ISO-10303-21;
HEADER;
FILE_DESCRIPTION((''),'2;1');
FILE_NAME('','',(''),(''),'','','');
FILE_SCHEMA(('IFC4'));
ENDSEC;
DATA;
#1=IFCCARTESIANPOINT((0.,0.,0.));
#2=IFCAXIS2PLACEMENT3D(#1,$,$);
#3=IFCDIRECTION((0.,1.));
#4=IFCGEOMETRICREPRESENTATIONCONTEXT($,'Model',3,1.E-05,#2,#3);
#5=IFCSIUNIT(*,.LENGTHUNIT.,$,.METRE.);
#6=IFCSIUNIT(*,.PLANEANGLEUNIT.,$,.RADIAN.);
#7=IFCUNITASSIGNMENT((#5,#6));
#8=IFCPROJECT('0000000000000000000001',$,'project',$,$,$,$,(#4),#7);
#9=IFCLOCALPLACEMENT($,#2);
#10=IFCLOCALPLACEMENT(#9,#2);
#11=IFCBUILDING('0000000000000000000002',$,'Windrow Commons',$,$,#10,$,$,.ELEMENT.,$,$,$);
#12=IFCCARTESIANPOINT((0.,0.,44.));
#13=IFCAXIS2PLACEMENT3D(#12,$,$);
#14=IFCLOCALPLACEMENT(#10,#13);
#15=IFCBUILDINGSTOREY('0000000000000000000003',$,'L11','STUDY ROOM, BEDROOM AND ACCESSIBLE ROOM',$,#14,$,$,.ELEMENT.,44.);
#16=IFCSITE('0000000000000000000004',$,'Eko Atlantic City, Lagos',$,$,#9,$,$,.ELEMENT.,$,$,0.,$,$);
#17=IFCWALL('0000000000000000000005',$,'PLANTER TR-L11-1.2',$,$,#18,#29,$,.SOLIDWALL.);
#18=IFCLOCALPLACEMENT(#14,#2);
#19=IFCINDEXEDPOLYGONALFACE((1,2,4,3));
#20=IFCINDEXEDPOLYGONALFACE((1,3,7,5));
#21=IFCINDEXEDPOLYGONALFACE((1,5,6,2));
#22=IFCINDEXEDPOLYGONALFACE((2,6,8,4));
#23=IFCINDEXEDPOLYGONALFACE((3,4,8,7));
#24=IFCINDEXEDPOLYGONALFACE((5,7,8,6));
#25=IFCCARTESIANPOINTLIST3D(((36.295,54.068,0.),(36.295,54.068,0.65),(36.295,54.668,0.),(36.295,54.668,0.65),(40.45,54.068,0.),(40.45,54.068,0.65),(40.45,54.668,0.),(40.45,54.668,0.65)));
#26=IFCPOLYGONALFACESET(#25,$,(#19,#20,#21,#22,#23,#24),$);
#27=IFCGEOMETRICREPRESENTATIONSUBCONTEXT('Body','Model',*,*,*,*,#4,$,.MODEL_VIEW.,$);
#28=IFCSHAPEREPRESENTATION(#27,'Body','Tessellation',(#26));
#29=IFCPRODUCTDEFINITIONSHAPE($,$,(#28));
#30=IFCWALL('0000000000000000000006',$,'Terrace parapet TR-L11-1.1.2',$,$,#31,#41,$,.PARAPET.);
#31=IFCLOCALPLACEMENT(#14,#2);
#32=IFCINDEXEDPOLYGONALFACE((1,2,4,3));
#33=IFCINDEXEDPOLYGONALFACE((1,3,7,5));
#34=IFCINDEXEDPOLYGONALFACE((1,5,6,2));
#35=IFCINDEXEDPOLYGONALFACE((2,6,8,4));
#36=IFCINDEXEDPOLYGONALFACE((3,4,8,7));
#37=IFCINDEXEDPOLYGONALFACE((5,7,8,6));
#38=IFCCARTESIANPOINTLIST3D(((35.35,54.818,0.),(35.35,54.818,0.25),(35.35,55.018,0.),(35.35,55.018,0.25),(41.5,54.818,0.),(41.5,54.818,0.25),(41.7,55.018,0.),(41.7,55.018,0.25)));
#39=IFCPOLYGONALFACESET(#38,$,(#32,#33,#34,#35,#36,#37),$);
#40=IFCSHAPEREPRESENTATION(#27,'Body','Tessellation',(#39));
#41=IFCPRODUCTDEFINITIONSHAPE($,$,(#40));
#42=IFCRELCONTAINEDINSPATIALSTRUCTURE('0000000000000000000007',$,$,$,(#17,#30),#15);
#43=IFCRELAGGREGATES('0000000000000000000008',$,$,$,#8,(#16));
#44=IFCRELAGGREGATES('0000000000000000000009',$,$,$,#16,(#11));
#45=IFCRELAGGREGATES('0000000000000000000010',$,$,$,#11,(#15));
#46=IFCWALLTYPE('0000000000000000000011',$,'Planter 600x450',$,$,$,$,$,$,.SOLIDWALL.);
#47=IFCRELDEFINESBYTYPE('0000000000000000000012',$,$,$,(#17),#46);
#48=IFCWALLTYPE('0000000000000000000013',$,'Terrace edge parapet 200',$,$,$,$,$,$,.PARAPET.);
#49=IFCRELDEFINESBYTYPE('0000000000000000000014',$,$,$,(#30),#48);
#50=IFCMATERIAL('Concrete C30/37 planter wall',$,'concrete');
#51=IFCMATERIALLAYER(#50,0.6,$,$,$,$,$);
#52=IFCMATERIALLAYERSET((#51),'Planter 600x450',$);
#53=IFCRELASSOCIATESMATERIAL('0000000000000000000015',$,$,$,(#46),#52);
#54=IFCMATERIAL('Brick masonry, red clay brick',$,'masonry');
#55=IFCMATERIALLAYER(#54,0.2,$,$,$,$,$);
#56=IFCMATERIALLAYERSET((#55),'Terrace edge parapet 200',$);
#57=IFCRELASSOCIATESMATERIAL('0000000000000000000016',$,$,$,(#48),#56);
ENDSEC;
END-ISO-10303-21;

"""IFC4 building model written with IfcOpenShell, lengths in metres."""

from ifc_helpers import new_model, si_unit, direction, frame, origin, place, context, subcontext, project, spatial, polyline, outline, extrude, material, layer, layer_set, type_object, element, save


model = new_model("IFC4")

# Units and contexts
model_context = context("Model", 3, precision=1e-05, world=origin(), true_north=direction((0.0, 1.0)))
body_context = subcontext(model_context, "Body", "Model", "MODEL_VIEW")
ifc_project = project(units=[si_unit("LENGTHUNIT", "METRE"), si_unit("PLANEANGLEUNIT", "RADIAN")], contexts=[model_context])

# Site, building, storey
site_placement = place(None, origin())
site = spatial("IfcSite", under=ifc_project, at=site_placement, Name="Eko Atlantic City, Lagos", CompositionType="ELEMENT", RefElevation=0.0)
building_placement = place(site_placement, origin())
building = spatial("IfcBuilding", under=site, at=building_placement, Name="Windrow Commons", CompositionType="ELEMENT")
storey_placement = place(building_placement, frame((0.0, 0.0, 44.0)))
storey = spatial("IfcBuildingStorey", under=building, at=storey_placement, Name="L11", Description="STUDY ROOM, BEDROOM AND ACCESSIBLE ROOM", CompositionType="ELEMENT", Elevation=44.0)

# Walls
ifc_material_1 = material(Name="Concrete C30/37 planter wall", Category="concrete")
ifc_layer_1 = layer(ifc_material_1, 0.6)
ifc_layer_set_1 = layer_set([ifc_layer_1], Name="Planter 600x450")
wall_type_1 = type_object("IfcWallType", Name="Planter 600x450", PredefinedType="SOLIDWALL", material=ifc_layer_set_1)
wall_1_placement = place(storey_placement, frame((40.45, 54.368, 0.0), z_axis=(0.0, 0.0, 1.0), x_axis=(-1.0, 0.0, 0.0)))
element("IfcWall", 1, at=wall_1_placement, inside=storey, type_object=wall_type_1, Name="PLANTER TR-L11-1.2", PredefinedType="SOLIDWALL", context=body_context, shape_type="SweptSolid", body=[
    extrude(outline(polyline([(0.0, -0.3), (4.155, -0.3), (4.155, 0.3), (0.0, 0.3), (0.0, -0.3)])), origin(), (0.0, 0.0, 1.0), 0.65),
])
ifc_material_2 = material(Name="Brick masonry, red clay brick", Category="masonry")
ifc_layer_2 = layer(ifc_material_2, 0.2)
ifc_layer_set_2 = layer_set([ifc_layer_2], Name="Terrace edge parapet 200")
wall_type_2 = type_object("IfcWallType", Name="Terrace edge parapet 200", PredefinedType="PARAPET", material=ifc_layer_set_2)
wall_2_placement = place(storey_placement, frame((41.6, 54.918, 0.0), z_axis=(0.0, 0.0, 1.0), x_axis=(-1.0, 0.0, 0.0)))
element("IfcWall", 2, at=wall_2_placement, inside=storey, type_object=wall_type_2, Name="Terrace parapet TR-L11-1.1.2", PredefinedType="PARAPET", context=body_context, shape_type="SweptSolid", body=[
    extrude(outline(polyline([(-0.1, -0.1), (6.25, -0.1), (6.25, 0.1), (0.1, 0.1), (-0.1, -0.1)])), origin(), (0.0, 0.0, 1.0), 0.25),
])

save(model, "model.ifc")
